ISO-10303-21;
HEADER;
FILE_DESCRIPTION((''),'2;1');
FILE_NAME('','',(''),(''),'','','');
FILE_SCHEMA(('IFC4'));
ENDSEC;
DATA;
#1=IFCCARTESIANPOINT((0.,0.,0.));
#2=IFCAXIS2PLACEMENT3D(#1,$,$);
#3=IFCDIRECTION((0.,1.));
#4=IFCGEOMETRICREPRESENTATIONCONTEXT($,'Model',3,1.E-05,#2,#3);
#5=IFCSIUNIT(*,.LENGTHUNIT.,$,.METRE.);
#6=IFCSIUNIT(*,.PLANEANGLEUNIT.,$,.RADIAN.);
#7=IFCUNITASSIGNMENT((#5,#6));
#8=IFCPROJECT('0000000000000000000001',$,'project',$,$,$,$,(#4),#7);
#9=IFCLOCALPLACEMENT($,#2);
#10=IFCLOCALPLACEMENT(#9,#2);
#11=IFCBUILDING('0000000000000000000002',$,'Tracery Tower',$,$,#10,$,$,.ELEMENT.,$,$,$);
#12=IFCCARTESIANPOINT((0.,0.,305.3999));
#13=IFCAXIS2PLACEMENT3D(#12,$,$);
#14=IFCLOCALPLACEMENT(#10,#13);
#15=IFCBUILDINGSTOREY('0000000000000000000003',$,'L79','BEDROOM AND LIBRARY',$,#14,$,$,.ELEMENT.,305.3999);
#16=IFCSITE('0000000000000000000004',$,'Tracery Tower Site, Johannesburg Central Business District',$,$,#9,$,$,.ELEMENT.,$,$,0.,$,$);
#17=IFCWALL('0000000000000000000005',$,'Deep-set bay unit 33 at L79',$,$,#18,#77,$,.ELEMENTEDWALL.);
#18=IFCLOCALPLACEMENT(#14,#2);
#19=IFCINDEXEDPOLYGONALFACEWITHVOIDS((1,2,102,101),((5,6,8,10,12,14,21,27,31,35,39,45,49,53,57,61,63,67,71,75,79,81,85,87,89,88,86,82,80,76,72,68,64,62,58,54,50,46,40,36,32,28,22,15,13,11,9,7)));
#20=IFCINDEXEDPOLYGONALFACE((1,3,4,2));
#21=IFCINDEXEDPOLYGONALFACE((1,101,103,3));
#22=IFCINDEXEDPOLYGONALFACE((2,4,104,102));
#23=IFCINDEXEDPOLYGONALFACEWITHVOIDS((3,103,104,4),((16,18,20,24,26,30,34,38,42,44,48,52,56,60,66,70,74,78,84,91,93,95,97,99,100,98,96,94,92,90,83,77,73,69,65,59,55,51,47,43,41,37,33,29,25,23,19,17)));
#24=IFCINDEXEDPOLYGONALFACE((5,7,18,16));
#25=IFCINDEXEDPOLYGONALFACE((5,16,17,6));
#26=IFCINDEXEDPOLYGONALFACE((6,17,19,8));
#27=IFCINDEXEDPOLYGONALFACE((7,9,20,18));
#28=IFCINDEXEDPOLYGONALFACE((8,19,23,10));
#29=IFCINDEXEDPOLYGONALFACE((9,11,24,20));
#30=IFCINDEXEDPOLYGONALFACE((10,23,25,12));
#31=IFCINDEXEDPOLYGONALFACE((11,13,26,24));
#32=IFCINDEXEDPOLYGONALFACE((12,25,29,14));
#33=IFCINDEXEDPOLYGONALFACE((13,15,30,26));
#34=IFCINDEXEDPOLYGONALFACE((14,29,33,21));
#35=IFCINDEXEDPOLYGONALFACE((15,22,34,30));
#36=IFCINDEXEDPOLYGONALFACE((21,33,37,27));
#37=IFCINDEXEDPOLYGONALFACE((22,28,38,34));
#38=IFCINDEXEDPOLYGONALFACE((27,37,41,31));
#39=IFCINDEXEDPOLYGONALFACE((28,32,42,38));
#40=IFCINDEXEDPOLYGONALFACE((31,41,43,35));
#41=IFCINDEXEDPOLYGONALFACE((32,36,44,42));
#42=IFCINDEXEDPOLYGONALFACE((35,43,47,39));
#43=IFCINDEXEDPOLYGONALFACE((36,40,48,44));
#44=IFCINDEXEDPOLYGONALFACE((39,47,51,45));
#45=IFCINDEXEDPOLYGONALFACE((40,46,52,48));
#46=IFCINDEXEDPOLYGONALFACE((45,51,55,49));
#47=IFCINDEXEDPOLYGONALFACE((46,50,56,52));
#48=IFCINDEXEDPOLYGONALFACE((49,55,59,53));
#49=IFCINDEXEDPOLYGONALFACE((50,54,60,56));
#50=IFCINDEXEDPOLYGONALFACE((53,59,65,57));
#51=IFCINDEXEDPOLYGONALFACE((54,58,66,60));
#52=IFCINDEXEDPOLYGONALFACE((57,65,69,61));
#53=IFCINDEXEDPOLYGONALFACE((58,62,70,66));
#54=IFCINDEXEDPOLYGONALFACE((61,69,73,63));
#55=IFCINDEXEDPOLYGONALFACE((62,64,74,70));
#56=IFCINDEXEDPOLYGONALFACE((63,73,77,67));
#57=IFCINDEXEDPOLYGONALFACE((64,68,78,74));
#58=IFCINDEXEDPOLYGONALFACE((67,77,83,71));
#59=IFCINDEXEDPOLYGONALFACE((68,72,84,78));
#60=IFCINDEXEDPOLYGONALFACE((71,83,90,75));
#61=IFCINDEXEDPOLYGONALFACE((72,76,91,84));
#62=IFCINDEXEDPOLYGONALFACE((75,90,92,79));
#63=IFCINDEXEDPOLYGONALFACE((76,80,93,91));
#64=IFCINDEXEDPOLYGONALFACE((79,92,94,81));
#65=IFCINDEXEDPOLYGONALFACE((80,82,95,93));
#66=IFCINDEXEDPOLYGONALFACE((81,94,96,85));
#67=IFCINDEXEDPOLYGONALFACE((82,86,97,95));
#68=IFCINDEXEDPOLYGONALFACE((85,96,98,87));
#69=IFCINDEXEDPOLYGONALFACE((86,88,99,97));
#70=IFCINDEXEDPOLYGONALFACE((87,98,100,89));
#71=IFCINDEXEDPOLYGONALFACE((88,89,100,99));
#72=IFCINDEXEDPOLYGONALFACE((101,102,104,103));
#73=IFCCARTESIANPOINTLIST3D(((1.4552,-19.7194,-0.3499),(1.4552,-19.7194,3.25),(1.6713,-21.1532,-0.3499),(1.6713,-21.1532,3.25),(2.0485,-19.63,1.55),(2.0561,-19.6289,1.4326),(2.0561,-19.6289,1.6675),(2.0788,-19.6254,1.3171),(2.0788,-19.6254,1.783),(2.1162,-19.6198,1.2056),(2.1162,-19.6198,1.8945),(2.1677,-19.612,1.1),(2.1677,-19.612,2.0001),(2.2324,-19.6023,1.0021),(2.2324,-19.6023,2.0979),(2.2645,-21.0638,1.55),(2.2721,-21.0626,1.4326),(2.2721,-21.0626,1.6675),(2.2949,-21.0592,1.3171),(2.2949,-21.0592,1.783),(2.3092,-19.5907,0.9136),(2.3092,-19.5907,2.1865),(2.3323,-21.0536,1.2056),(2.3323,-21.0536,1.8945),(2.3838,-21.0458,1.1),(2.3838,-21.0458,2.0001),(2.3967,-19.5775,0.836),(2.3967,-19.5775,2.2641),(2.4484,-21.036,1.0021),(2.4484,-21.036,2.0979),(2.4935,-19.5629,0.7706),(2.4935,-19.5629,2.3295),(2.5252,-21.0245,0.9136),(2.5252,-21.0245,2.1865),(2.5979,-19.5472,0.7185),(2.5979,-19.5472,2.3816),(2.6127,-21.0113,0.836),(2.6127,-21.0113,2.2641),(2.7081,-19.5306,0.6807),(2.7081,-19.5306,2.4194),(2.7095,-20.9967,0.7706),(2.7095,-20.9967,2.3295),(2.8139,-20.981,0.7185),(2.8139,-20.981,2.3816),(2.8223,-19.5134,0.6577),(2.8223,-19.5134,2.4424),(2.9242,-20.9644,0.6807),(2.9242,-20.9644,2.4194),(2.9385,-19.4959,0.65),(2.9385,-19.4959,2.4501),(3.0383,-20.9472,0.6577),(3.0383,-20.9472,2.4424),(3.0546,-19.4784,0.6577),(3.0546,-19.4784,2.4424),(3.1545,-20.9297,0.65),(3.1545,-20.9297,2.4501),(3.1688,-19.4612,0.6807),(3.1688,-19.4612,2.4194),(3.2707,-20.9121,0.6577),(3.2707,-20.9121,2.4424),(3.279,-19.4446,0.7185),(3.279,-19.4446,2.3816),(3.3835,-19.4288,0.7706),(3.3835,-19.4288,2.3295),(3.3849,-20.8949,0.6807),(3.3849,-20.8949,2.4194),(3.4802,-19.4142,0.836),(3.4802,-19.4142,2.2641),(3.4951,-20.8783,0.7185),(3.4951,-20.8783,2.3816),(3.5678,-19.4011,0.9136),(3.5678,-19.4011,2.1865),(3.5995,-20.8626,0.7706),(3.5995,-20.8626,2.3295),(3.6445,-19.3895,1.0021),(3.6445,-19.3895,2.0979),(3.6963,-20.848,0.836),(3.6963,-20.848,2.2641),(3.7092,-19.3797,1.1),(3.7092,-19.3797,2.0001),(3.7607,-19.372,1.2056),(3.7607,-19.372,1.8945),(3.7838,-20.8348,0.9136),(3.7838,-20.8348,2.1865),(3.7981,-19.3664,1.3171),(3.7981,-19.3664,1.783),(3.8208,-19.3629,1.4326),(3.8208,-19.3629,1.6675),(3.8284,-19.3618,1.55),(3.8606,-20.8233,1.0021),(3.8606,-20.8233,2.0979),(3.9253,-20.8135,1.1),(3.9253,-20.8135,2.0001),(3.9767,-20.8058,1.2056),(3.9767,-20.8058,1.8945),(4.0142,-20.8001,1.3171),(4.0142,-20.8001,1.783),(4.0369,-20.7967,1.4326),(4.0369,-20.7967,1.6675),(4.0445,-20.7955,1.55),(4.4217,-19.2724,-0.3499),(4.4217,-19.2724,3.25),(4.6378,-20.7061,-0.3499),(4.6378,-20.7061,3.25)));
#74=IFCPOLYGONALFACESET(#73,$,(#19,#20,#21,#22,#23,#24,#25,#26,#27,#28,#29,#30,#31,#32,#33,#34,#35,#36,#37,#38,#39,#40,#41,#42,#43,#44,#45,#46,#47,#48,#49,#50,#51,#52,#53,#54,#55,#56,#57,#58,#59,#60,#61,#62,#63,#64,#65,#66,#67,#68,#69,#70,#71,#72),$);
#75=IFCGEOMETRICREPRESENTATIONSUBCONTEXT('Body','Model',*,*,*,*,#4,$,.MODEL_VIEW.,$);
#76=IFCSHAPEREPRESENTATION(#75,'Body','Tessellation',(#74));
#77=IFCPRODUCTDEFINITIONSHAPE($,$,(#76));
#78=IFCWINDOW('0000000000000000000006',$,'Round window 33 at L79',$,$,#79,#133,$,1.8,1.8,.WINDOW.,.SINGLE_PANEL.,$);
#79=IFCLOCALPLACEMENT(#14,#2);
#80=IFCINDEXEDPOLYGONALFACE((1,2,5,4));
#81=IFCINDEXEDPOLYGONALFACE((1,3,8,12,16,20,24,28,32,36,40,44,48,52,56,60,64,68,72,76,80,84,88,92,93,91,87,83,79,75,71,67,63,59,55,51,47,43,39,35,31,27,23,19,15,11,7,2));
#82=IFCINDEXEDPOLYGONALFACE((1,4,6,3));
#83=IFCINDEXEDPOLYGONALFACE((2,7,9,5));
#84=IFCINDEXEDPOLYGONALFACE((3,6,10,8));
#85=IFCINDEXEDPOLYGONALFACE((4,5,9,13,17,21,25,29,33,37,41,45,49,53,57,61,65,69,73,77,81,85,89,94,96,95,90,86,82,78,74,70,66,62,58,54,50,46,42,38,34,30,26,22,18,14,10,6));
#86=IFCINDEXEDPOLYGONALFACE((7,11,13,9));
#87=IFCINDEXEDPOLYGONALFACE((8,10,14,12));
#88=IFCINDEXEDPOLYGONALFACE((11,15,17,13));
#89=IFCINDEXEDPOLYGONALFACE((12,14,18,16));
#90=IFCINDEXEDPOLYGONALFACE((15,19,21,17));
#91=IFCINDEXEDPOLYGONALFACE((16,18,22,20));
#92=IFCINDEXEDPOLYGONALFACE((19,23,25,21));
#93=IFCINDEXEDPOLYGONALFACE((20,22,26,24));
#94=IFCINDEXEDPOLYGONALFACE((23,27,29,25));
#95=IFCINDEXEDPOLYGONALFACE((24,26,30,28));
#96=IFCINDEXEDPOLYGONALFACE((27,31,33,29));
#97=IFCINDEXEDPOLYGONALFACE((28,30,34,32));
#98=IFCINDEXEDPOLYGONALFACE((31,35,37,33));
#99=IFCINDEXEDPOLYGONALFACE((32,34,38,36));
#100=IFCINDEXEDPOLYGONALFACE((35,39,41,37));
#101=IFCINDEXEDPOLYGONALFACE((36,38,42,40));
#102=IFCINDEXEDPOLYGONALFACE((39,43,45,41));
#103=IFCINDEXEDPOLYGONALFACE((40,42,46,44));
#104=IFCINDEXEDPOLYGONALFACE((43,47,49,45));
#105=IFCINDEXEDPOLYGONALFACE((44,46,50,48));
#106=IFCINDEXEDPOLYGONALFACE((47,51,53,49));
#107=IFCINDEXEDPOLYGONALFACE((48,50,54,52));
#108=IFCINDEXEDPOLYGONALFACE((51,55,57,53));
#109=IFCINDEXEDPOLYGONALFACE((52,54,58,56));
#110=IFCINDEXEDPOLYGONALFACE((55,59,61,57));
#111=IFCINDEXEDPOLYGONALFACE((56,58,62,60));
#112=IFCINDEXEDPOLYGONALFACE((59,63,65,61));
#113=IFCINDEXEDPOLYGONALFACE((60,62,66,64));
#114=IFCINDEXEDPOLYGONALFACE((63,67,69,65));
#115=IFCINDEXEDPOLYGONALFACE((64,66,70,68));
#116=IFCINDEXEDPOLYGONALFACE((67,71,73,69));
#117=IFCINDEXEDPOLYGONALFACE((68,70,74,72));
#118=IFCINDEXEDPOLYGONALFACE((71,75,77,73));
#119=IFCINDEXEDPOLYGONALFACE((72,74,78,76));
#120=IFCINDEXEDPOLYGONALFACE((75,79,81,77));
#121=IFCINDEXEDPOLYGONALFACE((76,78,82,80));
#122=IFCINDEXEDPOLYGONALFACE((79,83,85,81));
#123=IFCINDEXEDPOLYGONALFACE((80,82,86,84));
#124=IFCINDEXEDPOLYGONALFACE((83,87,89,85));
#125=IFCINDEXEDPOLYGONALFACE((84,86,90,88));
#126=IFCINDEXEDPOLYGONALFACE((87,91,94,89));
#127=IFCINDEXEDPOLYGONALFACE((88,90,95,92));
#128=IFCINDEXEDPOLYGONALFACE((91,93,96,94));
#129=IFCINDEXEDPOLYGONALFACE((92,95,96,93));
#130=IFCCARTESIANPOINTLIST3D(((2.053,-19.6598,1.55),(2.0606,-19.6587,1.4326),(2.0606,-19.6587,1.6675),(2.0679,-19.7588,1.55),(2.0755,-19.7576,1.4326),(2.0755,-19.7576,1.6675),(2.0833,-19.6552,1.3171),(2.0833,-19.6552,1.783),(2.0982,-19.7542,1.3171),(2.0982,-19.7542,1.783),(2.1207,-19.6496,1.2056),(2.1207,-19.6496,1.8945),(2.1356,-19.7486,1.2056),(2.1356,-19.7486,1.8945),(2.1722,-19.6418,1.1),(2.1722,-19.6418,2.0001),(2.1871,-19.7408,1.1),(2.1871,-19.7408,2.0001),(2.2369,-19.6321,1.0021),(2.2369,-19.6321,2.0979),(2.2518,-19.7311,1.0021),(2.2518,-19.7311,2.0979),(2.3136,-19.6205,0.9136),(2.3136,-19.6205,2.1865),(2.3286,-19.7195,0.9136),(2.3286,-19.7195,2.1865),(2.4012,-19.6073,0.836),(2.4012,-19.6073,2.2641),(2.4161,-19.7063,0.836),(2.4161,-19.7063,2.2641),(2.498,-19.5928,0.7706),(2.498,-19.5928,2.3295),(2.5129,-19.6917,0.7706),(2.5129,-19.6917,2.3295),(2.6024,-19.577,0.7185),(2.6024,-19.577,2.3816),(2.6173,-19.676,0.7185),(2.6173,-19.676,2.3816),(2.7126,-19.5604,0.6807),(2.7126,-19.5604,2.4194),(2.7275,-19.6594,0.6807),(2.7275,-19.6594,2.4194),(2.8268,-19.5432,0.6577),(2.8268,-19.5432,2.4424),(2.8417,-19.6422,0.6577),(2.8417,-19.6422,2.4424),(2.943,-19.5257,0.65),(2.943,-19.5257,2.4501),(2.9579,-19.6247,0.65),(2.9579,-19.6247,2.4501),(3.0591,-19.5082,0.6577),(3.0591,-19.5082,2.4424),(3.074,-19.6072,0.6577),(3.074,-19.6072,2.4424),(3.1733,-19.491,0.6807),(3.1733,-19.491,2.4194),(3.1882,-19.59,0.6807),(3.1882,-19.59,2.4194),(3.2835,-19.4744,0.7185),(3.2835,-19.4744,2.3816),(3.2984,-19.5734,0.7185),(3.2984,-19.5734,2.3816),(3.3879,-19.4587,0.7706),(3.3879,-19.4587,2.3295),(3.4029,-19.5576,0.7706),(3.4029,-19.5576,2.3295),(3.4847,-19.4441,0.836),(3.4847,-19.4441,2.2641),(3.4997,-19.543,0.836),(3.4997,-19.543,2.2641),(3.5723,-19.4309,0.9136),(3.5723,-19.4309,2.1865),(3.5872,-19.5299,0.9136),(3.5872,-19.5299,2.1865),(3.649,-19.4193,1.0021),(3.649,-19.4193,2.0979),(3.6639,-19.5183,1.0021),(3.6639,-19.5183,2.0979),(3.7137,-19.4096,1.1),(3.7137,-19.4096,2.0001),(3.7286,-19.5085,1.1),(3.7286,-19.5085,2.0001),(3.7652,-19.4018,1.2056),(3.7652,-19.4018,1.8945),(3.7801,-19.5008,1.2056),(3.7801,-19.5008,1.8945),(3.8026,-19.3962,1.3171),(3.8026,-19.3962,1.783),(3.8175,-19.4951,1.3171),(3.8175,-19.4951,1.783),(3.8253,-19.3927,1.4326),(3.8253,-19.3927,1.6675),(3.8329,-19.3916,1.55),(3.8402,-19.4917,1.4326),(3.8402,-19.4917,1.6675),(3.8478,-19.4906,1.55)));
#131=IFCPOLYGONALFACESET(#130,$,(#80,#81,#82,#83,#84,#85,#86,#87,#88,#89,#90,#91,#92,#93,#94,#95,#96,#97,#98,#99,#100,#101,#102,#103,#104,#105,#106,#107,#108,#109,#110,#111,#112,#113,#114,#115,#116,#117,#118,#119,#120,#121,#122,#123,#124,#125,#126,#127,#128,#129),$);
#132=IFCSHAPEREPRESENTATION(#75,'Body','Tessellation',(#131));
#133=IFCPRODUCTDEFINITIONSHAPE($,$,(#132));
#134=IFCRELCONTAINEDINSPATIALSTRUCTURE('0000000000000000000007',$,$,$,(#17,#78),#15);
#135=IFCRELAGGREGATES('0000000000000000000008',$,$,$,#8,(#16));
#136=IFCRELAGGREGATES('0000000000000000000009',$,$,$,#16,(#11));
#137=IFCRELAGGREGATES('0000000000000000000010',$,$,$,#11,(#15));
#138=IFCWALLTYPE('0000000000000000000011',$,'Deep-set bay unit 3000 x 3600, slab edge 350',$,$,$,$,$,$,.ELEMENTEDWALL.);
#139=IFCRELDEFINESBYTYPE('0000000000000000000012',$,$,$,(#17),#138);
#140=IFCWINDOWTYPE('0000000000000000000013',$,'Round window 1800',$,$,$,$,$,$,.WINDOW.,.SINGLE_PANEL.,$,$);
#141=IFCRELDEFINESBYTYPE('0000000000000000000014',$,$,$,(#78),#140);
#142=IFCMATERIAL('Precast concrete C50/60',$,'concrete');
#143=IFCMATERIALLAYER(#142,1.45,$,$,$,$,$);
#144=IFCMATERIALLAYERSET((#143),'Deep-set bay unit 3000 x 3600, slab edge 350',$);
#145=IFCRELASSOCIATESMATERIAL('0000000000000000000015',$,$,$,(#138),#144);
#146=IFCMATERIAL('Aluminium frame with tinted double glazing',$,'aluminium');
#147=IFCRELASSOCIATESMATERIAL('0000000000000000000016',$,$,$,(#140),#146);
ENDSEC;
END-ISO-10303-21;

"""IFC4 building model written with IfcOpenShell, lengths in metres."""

from ifc_helpers import new_model, si_unit, direction, frame, frame_2d, origin, origin_2d, place, context, subcontext, project, spatial, rectangle, circle, extrude, material, layer, layer_set, type_object, element, fill, save


model = new_model("IFC4")

# Units and contexts
model_context = context("Model", 3, precision=1e-05, world=origin(), true_north=direction((0.0, 1.0)))
body_context = subcontext(model_context, "Body", "Model", "MODEL_VIEW")
ifc_project = project(units=[si_unit("LENGTHUNIT", "METRE"), si_unit("PLANEANGLEUNIT", "RADIAN")], contexts=[model_context])

# Site, building, storey
site_placement = place(None, origin())
site = spatial("IfcSite", under=ifc_project, at=site_placement, Name="Tracery Tower Site, Johannesburg Central Business District", CompositionType="ELEMENT", RefElevation=0.0)
building_placement = place(site_placement, origin())
building = spatial("IfcBuilding", under=site, at=building_placement, Name="Tracery Tower", CompositionType="ELEMENT")
storey_placement = place(building_placement, frame((0.0, 0.0, 305.3999)))
storey = spatial("IfcBuildingStorey", under=building, at=storey_placement, Name="L79", Description="BEDROOM AND LIBRARY", CompositionType="ELEMENT", Elevation=305.3999)

# Wall, opening, window
ifc_material_1 = material(Name="Precast concrete C50/60", Category="concrete")
ifc_layer_1 = layer(ifc_material_1, 1.45)
ifc_layer_set_1 = layer_set([ifc_layer_1], Name="Deep-set bay unit 3000 x 3600, slab edge 350")
wall_type_1 = type_object("IfcWallType", Name="Deep-set bay unit 3000 x 3600, slab edge 350", PredefinedType="ELEMENTEDWALL", material=ifc_layer_set_1)
wall_1_placement = place(storey_placement, frame((1.5632, -20.4363, -0.3499), z_axis=(0.0, 0.0, 1.0), x_axis=(0.988836, 0.149005, 0.0)))
wall_1 = element("IfcWall", 1, at=wall_1_placement, inside=storey, type_object=wall_type_1, Name="Deep-set bay unit 33 at L79", PredefinedType="ELEMENTEDWALL", context=body_context, shape_type="SweptSolid", body=[
    extrude(rectangle(XDim=3.0, YDim=1.45, at=frame_2d((1.5, 0.0))), origin(), (0.0, 0.0, 1.0), 3.5999),
])
opening_1_placement = place(wall_1_placement, frame((1.5, 0.0, 1.8999)))
opening_1 = element("IfcOpeningElement", 2, at=opening_1_placement, cuts=wall_1, PredefinedType="OPENING", context=body_context, shape_type="SweptSolid", body=[
    extrude(circle(Radius=0.9, at=origin_2d()), frame((0.0, 0.7349, 0.0), z_axis=(0.0, -1.0, 0.0), x_axis=(1.0, 0.0, 0.0)), (0.0, 0.0, 1.0), 1.47),
])
ifc_material_2 = material(Name="Aluminium frame with tinted double glazing", Category="aluminium")
window_type = type_object("IfcWindowType", Name="Round window 1800", PartitioningType="SINGLE_PANEL", PredefinedType="WINDOW", material=ifc_material_2)
window_1_placement = place(opening_1_placement, origin())
window_1 = element("IfcWindow", 3, at=window_1_placement, inside=storey, type_object=window_type, Name="Round window 33 at L79", OverallHeight=1.8, OverallWidth=1.8, PartitioningType="SINGLE_PANEL", PredefinedType="WINDOW", context=body_context, shape_type="SweptSolid", body=[
    extrude(circle(Radius=0.9, at=origin_2d()), frame((0.0, 0.6948, 0.0), z_axis=(0.0, -1.0, 0.0), x_axis=(1.0, 0.0, 0.0)), (0.0, 0.0, 1.0), 0.1001),
])
fill(opening_1, window_1)

save(model, "model.ifc")
